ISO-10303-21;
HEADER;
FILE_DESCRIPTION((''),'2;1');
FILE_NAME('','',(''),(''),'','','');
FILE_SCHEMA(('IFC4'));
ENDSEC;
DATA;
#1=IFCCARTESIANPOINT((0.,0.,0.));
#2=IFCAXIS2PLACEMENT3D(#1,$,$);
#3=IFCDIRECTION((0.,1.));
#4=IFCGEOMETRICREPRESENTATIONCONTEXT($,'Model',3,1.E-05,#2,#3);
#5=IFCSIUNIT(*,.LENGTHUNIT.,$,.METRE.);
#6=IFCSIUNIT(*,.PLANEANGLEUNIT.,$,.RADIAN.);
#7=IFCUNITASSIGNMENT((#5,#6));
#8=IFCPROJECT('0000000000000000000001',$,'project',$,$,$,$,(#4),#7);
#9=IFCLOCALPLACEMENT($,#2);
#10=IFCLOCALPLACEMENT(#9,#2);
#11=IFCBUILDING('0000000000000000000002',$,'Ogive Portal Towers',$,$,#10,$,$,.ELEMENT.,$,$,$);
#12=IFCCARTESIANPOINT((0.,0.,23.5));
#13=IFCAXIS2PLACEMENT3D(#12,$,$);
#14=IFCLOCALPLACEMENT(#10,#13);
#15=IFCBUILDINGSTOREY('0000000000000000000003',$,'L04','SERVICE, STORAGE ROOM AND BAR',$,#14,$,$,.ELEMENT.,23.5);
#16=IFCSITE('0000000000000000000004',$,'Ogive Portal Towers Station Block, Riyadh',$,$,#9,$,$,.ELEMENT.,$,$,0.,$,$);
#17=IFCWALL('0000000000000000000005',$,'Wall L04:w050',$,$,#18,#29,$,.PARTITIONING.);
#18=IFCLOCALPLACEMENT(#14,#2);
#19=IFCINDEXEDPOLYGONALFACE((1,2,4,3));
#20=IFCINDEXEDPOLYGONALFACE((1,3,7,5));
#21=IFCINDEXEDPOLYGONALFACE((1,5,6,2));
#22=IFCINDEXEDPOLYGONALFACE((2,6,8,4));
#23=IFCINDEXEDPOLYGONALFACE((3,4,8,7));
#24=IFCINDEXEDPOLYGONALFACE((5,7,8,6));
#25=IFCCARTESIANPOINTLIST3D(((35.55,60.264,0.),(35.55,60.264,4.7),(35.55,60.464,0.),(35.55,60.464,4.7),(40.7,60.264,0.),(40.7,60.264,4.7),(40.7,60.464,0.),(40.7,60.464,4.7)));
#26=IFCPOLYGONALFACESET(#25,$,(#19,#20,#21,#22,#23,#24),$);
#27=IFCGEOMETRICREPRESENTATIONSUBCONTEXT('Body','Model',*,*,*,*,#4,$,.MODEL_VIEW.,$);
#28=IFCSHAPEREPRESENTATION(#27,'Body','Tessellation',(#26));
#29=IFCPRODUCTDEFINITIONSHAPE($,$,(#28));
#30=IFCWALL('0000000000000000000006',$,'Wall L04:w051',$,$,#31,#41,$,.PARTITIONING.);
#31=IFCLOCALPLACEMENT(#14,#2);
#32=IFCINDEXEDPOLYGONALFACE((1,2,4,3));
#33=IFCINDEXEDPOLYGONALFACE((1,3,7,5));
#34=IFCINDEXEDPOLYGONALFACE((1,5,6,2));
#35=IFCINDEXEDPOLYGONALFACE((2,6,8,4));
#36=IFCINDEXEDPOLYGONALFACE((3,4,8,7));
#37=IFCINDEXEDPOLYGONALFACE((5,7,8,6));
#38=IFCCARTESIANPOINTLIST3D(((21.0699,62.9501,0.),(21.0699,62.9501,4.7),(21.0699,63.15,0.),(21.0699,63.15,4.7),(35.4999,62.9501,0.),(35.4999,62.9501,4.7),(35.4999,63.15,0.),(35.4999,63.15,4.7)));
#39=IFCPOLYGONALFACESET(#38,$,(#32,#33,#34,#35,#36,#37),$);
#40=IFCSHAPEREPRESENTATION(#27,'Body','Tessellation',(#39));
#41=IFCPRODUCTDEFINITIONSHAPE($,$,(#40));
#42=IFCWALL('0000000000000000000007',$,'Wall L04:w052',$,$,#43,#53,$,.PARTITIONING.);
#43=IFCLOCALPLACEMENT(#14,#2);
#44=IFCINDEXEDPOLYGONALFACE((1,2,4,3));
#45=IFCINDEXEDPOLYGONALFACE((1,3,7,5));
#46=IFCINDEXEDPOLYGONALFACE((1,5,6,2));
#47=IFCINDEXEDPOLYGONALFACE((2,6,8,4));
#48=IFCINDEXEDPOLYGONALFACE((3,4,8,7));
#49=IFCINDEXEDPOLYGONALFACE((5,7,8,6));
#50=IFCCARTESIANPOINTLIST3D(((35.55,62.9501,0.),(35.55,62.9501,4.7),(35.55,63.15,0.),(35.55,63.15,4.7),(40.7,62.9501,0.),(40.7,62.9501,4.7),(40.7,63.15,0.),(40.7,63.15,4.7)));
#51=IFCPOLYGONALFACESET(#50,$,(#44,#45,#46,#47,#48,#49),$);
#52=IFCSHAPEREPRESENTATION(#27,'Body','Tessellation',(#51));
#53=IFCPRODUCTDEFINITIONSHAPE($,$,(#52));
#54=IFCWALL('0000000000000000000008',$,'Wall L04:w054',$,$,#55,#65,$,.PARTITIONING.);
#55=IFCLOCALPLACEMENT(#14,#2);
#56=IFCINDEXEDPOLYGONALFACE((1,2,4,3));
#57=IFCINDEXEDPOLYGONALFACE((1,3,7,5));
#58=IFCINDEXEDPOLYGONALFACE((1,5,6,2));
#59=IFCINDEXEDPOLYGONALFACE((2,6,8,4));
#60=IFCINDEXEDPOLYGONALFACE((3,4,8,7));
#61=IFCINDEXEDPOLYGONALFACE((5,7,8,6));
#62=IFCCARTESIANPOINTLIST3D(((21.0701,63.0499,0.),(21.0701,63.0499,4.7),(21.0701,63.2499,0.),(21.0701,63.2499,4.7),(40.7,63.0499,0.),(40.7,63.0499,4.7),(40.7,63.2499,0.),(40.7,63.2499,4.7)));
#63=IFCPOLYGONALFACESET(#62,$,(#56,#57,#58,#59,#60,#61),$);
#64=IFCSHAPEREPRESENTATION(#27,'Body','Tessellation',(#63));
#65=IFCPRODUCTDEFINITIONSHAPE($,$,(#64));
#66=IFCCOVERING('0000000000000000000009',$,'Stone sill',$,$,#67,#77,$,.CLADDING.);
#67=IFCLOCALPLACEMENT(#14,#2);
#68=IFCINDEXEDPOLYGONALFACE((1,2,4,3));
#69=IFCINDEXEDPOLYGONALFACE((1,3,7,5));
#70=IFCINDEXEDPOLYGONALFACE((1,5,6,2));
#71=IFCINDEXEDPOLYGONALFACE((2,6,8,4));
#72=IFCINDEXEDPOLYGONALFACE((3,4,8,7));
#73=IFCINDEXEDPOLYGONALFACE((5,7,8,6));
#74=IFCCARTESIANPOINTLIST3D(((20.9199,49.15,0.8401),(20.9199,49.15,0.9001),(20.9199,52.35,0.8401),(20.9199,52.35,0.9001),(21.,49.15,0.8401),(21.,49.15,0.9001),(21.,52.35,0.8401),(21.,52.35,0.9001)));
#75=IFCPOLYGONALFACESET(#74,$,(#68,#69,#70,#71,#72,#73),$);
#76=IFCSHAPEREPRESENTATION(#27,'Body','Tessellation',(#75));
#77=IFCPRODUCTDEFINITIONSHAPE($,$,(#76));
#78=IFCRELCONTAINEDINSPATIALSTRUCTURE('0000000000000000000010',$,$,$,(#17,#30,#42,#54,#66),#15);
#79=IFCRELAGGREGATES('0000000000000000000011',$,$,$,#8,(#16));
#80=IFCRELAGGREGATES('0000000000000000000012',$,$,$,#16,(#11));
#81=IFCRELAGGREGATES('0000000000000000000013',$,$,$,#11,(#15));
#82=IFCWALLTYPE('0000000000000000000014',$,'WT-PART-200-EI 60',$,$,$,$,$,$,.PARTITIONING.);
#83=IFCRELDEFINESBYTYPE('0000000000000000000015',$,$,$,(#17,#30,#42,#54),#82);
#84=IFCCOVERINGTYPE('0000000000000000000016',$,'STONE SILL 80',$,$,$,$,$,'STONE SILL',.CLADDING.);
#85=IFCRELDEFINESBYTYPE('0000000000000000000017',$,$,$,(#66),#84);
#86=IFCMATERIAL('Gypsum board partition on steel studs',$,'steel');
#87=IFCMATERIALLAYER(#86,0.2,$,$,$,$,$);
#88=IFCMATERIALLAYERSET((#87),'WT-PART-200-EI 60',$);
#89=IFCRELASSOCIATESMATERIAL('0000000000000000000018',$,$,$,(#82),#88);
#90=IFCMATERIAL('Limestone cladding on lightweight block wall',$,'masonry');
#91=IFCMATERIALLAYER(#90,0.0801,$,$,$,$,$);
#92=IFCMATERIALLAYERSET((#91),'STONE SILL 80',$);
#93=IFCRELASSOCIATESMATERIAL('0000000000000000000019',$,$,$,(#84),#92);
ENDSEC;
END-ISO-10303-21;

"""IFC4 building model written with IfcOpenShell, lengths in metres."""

from ifc_helpers import new_model, si_unit, direction, frame, frame_2d, origin, origin_2d, place, context, subcontext, project, spatial, rectangle, extrude, material, layer, layer_set, type_object, element, save


model = new_model("IFC4")

# Units and contexts
model_context = context("Model", 3, precision=1e-05, world=origin(), true_north=direction((0.0, 1.0)))
body_context = subcontext(model_context, "Body", "Model", "MODEL_VIEW")
ifc_project = project(units=[si_unit("LENGTHUNIT", "METRE"), si_unit("PLANEANGLEUNIT", "RADIAN")], contexts=[model_context])

# Site, building, storey
site_placement = place(None, origin())
site = spatial("IfcSite", under=ifc_project, at=site_placement, Name="Ogive Portal Towers Station Block, Riyadh", CompositionType="ELEMENT", RefElevation=0.0)
building_placement = place(site_placement, origin())
building = spatial("IfcBuilding", under=site, at=building_placement, Name="Ogive Portal Towers", CompositionType="ELEMENT")
storey_placement = place(building_placement, frame((0.0, 0.0, 23.5)))
storey = spatial("IfcBuildingStorey", under=building, at=storey_placement, Name="L04", Description="SERVICE, STORAGE ROOM AND BAR", CompositionType="ELEMENT", Elevation=23.5)

# Walls
ifc_material_1 = material(Name="Gypsum board partition on steel studs", Category="steel")
ifc_layer_1 = layer(ifc_material_1, 0.2)
ifc_layer_set_1 = layer_set([ifc_layer_1], Name="WT-PART-200-EI 60")
wall_type_1 = type_object("IfcWallType", Name="WT-PART-200-EI 60", PredefinedType="PARTITIONING", material=ifc_layer_set_1)
wall_1_placement = place(storey_placement, frame((35.55, 60.364, 0.0), z_axis=(0.0, 0.0, 1.0), x_axis=(1.0, 0.0, 0.0)))
element("IfcWall", 1, at=wall_1_placement, inside=storey, type_object=wall_type_1, Name="Wall L04:w050", PredefinedType="PARTITIONING", context=body_context, shape_type="SweptSolid", body=[
    extrude(rectangle(XDim=5.1499, YDim=0.2, at=frame_2d((2.575, 0.0))), origin(), (0.0, 0.0, 1.0), 4.7),
])
wall_2_placement = place(storey_placement, frame((21.0701, 63.05, 0.0), z_axis=(0.0, 0.0, 1.0), x_axis=(1.0, 0.0, 0.0)))
element("IfcWall", 2, at=wall_2_placement, inside=storey, type_object=wall_type_1, Name="Wall L04:w051", PredefinedType="PARTITIONING", context=body_context, shape_type="SweptSolid", body=[
    extrude(rectangle(XDim=14.4299, YDim=0.2, at=frame_2d((7.2148, 0.0))), origin(), (0.0, 0.0, 1.0), 4.7),
])
wall_3_placement = place(storey_placement, frame((35.55, 63.05, 0.0), z_axis=(0.0, 0.0, 1.0), x_axis=(1.0, 0.0, 0.0)))
element("IfcWall", 3, at=wall_3_placement, inside=storey, type_object=wall_type_1, Name="Wall L04:w052", PredefinedType="PARTITIONING", context=body_context, shape_type="SweptSolid", body=[
    extrude(rectangle(XDim=5.1499, YDim=0.2, at=frame_2d((2.575, 0.0))), origin(), (0.0, 0.0, 1.0), 4.7),
])
wall_4_placement = place(storey_placement, frame((21.0701, 63.1499, 0.0), z_axis=(0.0, 0.0, 1.0), x_axis=(1.0, 0.0, 0.0)))
element("IfcWall", 4, at=wall_4_placement, inside=storey, type_object=wall_type_1, Name="Wall L04:w054", PredefinedType="PARTITIONING", context=body_context, shape_type="SweptSolid", body=[
    extrude(rectangle(XDim=19.6299, YDim=0.2, at=frame_2d((9.8149, 0.0))), origin(), (0.0, 0.0, 1.0), 4.7),
])

# Covering
ifc_material_2 = material(Name="Limestone cladding on lightweight block wall", Category="masonry")
ifc_layer_2 = layer(ifc_material_2, 0.0801)
ifc_layer_set_2 = layer_set([ifc_layer_2], Name="STONE SILL 80")
covering_type = type_object("IfcCoveringType", Name="STONE SILL 80", ElementType="STONE SILL", PredefinedType="CLADDING", material=ifc_layer_set_2)
covering_placement = place(storey_placement, frame((20.96, 50.75, 0.8401), z_axis=(0.0, 0.0, 1.0), x_axis=(0.0, -1.0, 0.0)))
element("IfcCovering", 5, at=covering_placement, inside=storey, type_object=covering_type, Name="Stone sill", PredefinedType="CLADDING", context=body_context, shape_type="SweptSolid", body=[
    extrude(rectangle(XDim=3.2, YDim=0.0801, at=origin_2d()), origin(), (0.0, 0.0, 1.0), 0.0601),
])

save(model, "model.ifc")
